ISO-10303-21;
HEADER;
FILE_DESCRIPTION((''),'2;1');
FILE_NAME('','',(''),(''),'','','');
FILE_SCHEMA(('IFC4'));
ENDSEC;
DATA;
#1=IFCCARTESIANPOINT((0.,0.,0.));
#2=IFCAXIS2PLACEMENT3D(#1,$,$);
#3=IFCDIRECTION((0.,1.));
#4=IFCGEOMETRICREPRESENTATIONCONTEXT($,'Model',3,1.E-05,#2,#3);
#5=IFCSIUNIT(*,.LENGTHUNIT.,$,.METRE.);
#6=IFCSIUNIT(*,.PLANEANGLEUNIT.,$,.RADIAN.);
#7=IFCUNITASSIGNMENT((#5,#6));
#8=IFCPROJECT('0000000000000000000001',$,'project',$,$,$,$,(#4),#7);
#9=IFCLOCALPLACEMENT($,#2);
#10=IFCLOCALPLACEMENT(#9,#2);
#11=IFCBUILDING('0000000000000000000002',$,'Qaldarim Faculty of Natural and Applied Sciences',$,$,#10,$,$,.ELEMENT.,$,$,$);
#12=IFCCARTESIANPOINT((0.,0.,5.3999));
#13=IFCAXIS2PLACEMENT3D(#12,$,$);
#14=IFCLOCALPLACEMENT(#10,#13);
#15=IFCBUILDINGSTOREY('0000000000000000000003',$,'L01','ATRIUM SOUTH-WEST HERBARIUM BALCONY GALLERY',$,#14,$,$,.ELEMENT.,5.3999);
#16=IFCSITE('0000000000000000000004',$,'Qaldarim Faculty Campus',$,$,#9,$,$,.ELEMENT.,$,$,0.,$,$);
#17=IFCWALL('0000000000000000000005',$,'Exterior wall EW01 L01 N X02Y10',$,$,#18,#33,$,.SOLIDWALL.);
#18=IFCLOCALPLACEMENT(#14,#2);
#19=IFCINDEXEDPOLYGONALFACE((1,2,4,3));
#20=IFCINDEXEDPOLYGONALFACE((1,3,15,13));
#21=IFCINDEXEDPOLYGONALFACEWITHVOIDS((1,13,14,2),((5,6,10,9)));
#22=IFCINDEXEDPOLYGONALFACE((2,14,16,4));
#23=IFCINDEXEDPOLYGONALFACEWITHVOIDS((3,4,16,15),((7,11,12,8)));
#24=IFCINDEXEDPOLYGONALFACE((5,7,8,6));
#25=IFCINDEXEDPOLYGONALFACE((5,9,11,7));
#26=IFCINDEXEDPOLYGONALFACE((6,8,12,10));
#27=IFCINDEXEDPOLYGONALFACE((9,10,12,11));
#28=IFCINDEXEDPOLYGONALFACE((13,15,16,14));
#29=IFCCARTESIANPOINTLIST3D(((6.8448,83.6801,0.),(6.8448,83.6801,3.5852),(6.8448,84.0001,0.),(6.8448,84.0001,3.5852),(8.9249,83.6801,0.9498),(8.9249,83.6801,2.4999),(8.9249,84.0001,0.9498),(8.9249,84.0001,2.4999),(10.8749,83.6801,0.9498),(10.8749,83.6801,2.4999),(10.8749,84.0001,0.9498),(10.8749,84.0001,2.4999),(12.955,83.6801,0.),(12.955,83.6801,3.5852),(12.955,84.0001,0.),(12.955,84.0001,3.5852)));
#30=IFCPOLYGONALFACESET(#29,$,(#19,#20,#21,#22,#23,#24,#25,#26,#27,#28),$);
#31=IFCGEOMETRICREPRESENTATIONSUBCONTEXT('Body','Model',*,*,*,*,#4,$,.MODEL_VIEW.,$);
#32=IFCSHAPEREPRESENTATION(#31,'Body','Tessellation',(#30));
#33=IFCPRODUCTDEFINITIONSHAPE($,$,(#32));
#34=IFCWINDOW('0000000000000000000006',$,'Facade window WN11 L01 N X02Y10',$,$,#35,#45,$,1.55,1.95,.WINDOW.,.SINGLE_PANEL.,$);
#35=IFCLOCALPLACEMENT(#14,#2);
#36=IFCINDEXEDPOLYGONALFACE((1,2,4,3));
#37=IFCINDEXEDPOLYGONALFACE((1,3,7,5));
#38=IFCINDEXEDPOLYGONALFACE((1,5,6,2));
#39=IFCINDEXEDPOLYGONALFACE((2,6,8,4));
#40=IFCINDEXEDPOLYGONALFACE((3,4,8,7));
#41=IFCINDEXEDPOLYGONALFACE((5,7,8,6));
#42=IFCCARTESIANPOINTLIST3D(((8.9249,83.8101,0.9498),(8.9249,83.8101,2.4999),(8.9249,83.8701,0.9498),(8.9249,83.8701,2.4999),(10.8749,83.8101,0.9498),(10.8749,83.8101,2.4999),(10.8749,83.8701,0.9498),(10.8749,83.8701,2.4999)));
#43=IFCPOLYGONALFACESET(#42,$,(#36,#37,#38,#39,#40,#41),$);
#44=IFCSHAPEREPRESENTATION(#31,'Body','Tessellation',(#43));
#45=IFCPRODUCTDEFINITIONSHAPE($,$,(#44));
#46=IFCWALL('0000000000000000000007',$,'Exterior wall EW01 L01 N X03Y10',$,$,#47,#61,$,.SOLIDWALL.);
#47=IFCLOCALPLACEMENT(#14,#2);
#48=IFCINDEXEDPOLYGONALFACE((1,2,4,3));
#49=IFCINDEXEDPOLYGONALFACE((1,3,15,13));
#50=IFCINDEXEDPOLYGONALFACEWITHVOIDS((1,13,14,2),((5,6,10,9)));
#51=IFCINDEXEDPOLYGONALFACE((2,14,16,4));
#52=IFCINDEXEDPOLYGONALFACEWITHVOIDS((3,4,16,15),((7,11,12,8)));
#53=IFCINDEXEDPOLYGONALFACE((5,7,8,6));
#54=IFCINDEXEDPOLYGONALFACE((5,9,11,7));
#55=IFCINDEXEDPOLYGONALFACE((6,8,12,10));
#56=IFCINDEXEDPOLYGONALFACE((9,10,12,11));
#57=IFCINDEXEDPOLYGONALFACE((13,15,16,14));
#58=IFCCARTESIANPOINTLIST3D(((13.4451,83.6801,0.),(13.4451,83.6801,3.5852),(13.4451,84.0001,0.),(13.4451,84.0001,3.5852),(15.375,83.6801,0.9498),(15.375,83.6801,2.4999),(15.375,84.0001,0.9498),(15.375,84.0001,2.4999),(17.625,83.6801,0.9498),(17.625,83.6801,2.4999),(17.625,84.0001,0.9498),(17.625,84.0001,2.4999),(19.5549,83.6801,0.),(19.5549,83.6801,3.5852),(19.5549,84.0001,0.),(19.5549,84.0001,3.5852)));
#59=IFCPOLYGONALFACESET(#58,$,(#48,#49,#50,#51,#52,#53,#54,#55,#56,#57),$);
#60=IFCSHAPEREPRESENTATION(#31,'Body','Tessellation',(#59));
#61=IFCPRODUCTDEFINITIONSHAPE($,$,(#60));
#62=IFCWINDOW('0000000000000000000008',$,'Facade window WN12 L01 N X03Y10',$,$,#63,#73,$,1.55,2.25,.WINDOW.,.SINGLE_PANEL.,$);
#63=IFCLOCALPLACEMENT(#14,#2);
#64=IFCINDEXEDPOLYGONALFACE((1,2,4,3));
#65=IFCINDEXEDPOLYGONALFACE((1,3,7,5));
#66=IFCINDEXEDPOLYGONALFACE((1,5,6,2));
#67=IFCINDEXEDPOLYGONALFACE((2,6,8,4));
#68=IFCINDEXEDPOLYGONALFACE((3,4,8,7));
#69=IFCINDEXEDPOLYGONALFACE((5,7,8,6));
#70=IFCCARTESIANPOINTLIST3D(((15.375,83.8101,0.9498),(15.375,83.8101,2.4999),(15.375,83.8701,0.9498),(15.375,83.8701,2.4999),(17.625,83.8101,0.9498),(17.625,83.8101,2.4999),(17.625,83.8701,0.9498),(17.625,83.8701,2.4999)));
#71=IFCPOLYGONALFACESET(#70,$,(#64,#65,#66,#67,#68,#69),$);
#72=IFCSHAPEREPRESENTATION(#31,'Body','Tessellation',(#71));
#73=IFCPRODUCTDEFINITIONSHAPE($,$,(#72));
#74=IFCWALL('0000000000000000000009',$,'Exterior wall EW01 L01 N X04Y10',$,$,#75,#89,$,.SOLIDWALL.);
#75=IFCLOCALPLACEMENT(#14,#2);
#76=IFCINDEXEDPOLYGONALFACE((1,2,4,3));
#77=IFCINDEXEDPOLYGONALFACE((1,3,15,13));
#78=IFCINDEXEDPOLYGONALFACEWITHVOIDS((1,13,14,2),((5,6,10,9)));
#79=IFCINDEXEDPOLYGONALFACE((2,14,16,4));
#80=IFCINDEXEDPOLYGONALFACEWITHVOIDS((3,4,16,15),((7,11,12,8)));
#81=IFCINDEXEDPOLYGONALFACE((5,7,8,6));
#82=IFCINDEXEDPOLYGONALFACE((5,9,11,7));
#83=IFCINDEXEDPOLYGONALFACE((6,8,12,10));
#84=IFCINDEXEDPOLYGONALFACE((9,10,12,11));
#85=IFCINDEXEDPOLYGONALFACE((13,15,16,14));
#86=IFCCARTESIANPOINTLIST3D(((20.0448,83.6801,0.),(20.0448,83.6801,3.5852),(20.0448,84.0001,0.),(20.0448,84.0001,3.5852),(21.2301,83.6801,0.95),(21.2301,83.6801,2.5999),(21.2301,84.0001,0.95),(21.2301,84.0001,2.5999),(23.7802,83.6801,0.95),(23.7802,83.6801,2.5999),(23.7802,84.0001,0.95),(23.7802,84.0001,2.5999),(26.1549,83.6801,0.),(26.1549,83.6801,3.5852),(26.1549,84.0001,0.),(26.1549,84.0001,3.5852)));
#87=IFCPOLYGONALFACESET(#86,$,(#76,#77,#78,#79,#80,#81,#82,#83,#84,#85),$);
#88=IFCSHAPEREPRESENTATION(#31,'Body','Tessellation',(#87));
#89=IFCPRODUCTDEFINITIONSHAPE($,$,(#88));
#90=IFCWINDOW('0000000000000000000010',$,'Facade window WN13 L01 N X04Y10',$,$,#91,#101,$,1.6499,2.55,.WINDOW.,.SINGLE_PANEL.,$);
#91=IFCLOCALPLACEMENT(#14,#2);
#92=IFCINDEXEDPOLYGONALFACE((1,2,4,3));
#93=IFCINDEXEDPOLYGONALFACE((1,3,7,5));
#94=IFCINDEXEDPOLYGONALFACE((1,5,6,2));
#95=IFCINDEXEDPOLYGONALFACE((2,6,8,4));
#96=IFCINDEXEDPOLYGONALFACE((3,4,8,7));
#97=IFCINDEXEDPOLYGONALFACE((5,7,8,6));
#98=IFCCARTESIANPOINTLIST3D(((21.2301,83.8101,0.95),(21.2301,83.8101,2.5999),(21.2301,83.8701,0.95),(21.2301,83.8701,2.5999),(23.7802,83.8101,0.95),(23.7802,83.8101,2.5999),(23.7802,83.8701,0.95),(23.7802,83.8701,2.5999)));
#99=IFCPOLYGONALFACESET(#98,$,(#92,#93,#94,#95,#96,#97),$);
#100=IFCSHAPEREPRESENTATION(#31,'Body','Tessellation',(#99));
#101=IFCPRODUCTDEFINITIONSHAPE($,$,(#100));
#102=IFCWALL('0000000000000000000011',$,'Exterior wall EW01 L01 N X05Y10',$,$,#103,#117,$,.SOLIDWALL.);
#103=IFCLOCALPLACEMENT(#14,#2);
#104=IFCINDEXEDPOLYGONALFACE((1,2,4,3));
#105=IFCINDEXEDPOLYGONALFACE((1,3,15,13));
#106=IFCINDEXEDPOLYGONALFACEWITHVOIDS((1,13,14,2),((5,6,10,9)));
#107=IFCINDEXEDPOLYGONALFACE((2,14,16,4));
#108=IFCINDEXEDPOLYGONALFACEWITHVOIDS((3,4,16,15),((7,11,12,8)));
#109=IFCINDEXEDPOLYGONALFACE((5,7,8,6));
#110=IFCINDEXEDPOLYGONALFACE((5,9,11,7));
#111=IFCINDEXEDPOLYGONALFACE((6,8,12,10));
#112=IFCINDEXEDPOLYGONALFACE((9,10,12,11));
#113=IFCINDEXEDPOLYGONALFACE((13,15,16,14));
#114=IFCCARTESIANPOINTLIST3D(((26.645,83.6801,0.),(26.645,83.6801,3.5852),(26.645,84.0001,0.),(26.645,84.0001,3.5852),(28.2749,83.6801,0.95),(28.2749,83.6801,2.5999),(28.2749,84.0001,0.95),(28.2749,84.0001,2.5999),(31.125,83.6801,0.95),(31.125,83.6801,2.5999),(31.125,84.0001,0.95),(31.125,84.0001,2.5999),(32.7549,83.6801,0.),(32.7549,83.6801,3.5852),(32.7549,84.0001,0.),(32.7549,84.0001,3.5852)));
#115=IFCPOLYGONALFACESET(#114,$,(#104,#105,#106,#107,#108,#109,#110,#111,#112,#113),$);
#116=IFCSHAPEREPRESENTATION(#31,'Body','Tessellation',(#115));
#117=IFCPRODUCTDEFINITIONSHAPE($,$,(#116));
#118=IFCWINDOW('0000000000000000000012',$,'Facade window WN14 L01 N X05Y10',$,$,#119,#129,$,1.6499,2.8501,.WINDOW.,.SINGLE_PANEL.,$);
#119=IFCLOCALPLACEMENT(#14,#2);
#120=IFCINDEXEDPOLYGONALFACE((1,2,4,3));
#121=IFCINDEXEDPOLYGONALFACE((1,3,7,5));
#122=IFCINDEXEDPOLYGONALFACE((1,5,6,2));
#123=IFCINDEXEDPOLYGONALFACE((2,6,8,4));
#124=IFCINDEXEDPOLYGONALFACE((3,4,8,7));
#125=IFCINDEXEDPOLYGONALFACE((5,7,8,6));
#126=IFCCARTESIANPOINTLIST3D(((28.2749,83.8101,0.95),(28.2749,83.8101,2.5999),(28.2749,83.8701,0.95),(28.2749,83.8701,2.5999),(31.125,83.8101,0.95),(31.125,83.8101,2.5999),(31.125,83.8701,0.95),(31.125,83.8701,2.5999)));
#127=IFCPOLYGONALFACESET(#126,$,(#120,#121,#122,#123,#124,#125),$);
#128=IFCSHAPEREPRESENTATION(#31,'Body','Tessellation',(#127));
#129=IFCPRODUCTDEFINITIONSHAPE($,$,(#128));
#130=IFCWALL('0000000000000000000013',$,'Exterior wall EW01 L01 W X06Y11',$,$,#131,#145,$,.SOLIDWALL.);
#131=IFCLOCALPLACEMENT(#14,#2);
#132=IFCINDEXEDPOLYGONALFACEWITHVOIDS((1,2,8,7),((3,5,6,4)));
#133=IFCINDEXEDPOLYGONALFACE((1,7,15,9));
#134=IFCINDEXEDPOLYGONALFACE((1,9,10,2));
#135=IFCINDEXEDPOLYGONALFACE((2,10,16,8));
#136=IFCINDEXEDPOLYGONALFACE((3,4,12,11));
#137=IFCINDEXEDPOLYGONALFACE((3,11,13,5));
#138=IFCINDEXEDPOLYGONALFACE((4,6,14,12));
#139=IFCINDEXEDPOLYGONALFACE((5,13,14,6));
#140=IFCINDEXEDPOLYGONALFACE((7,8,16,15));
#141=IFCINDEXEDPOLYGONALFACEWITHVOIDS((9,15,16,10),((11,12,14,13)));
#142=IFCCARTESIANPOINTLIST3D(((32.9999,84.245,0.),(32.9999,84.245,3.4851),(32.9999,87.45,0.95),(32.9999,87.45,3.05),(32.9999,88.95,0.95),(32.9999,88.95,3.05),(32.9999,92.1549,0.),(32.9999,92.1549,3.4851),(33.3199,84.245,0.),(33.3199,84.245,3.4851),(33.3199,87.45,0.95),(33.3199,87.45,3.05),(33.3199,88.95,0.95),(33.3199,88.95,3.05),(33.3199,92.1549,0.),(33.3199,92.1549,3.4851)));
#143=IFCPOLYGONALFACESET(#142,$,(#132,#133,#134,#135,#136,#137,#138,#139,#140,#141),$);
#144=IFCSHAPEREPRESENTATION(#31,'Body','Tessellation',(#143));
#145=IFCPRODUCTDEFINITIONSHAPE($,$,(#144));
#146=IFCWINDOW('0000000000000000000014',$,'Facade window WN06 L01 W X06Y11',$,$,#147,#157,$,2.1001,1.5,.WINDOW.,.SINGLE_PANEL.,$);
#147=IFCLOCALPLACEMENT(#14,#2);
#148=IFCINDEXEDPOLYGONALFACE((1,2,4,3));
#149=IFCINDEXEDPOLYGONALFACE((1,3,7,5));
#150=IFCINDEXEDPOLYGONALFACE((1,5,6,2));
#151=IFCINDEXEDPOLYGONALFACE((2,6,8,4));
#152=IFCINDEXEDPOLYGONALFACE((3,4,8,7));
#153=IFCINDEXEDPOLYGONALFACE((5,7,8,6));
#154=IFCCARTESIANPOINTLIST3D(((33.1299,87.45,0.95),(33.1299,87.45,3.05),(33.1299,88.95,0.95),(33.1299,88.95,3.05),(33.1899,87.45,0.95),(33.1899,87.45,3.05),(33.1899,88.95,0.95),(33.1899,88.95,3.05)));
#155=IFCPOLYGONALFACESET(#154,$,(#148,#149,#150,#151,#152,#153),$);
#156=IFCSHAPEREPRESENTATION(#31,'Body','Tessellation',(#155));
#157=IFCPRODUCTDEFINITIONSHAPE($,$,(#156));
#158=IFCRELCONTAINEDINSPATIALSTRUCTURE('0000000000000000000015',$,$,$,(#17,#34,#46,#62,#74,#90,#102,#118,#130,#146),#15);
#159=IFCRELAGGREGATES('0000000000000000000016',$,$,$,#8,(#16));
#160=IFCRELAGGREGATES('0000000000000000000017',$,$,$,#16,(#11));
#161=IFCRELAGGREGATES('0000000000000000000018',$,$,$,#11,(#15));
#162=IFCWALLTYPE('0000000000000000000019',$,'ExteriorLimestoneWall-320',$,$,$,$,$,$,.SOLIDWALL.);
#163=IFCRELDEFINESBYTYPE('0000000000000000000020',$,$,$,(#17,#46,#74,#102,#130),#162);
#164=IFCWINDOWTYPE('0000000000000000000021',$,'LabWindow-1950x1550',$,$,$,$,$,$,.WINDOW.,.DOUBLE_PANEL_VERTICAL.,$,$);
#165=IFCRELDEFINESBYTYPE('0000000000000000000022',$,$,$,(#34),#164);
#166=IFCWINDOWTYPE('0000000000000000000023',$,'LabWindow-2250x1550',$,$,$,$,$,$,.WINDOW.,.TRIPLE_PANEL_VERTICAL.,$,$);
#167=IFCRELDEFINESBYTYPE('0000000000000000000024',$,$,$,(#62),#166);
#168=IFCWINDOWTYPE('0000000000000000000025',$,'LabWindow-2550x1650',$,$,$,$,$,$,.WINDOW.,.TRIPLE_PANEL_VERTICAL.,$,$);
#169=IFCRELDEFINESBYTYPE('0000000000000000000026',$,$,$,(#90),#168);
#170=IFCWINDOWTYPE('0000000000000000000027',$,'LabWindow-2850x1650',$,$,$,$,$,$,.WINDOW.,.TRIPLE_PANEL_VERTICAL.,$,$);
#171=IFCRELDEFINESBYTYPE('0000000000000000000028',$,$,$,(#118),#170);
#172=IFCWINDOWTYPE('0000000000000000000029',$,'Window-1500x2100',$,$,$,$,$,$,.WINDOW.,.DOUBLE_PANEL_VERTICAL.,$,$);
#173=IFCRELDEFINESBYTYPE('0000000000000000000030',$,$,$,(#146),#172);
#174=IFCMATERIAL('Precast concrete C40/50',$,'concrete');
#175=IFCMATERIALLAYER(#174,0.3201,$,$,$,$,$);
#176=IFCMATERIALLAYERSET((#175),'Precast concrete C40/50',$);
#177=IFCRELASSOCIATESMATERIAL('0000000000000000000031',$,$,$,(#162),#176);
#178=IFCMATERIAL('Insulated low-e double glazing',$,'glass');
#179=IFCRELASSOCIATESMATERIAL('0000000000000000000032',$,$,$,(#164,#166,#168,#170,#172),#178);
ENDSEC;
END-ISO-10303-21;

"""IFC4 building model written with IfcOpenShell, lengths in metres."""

from ifc_helpers import new_model, si_unit, direction, frame, frame_2d, origin, place, context, subcontext, project, spatial, rectangle, extrude, material, layer, layer_set, type_object, element, fill, save


model = new_model("IFC4")

# Units and contexts
model_context = context("Model", 3, precision=1e-05, world=origin(), true_north=direction((0.0, 1.0)))
body_context = subcontext(model_context, "Body", "Model", "MODEL_VIEW")
ifc_project = project(units=[si_unit("LENGTHUNIT", "METRE"), si_unit("PLANEANGLEUNIT", "RADIAN")], contexts=[model_context])

# Site, building, storey
site_placement = place(None, origin())
site = spatial("IfcSite", under=ifc_project, at=site_placement, Name="Qaldarim Faculty Campus", CompositionType="ELEMENT", RefElevation=0.0)
building_placement = place(site_placement, origin())
building = spatial("IfcBuilding", under=site, at=building_placement, Name="Qaldarim Faculty of Natural and Applied Sciences", CompositionType="ELEMENT")
storey_placement = place(building_placement, frame((0.0, 0.0, 5.3999)))
storey = spatial("IfcBuildingStorey", under=building, at=storey_placement, Name="L01", Description="ATRIUM SOUTH-WEST HERBARIUM BALCONY GALLERY", CompositionType="ELEMENT", Elevation=5.3999)

# Walls, openings, windows
ifc_material_1 = material(Name="Precast concrete C40/50", Category="concrete")
ifc_layer_1 = layer(ifc_material_1, 0.3201)
ifc_layer_set_1 = layer_set([ifc_layer_1], Name="Precast concrete C40/50")
wall_type_1 = type_object("IfcWallType", Name="ExteriorLimestoneWall-320", PredefinedType="SOLIDWALL", material=ifc_layer_set_1)
wall_1_placement = place(storey_placement, frame((12.9551, 83.8401, 0.0), z_axis=(0.0, 0.0, 1.0), x_axis=(-1.0, 0.0, 0.0)))
wall_1 = element("IfcWall", 1, at=wall_1_placement, inside=storey, type_object=wall_type_1, Name="Exterior wall EW01 L01 N X02Y10", PredefinedType="SOLIDWALL", context=body_context, shape_type="SweptSolid", body=[
    extrude(rectangle(XDim=6.1101, YDim=0.3201, at=frame_2d((3.0552, 0.0))), origin(), (0.0, 0.0, 1.0), 3.5852),
])
opening_1_placement = place(wall_1_placement, frame((2.0801, 0.0, 0.95)))
opening_1 = element("IfcOpeningElement", 2, at=opening_1_placement, cuts=wall_1, PredefinedType="OPENING", context=body_context, shape_type="SweptSolid", body=[
    extrude(rectangle(XDim=1.95, YDim=1.55, at=frame_2d((0.9751, 0.7749))), frame((0.0, 0.1699, 0.0), z_axis=(0.0, -1.0, 0.0), x_axis=(1.0, 0.0, 0.0)), (0.0, 0.0, 1.0), 0.3401),
])
ifc_material_2 = material(Name="Insulated low-e double glazing", Category="glass")
window_type_1 = type_object("IfcWindowType", Name="LabWindow-1950x1550", PartitioningType="DOUBLE_PANEL_VERTICAL", PredefinedType="WINDOW", material=ifc_material_2)
window_1_placement = place(opening_1_placement, origin())
window_1 = element("IfcWindow", 3, at=window_1_placement, inside=storey, type_object=window_type_1, Name="Facade window WN11 L01 N X02Y10", OverallHeight=1.55, OverallWidth=1.95, PartitioningType="SINGLE_PANEL", PredefinedType="WINDOW", context=body_context, shape_type="SweptSolid", body=[
    extrude(rectangle(XDim=1.95, YDim=1.55, at=frame_2d((0.9751, 0.7749))), frame((0.0, 0.03, 0.0), z_axis=(0.0, -1.0, 0.0), x_axis=(1.0, 0.0, 0.0)), (0.0, 0.0, 1.0), 0.0601),
])
fill(opening_1, window_1)
wall_2_placement = place(storey_placement, frame((19.5549, 83.8401, 0.0), z_axis=(0.0, 0.0, 1.0), x_axis=(-1.0, 0.0, 0.0)))
wall_2 = element("IfcWall", 4, at=wall_2_placement, inside=storey, type_object=wall_type_1, Name="Exterior wall EW01 L01 N X03Y10", PredefinedType="SOLIDWALL", context=body_context, shape_type="SweptSolid", body=[
    extrude(rectangle(XDim=6.1099, YDim=0.3201, at=frame_2d((3.0549, 0.0))), origin(), (0.0, 0.0, 1.0), 3.5852),
])
opening_2_placement = place(wall_2_placement, frame((1.9299, 0.0, 0.95)))
opening_2 = element("IfcOpeningElement", 5, at=opening_2_placement, cuts=wall_2, PredefinedType="OPENING", context=body_context, shape_type="SweptSolid", body=[
    extrude(rectangle(XDim=2.25, YDim=1.55, at=frame_2d((1.125, 0.7749))), frame((0.0, 0.1699, 0.0), z_axis=(0.0, -1.0, 0.0), x_axis=(1.0, 0.0, 0.0)), (0.0, 0.0, 1.0), 0.3401),
])
window_type_2 = type_object("IfcWindowType", Name="LabWindow-2250x1550", PartitioningType="TRIPLE_PANEL_VERTICAL", PredefinedType="WINDOW", material=ifc_material_2)
window_2_placement = place(opening_2_placement, origin())
window_2 = element("IfcWindow", 6, at=window_2_placement, inside=storey, type_object=window_type_2, Name="Facade window WN12 L01 N X03Y10", OverallHeight=1.55, OverallWidth=2.25, PartitioningType="SINGLE_PANEL", PredefinedType="WINDOW", context=body_context, shape_type="SweptSolid", body=[
    extrude(rectangle(XDim=2.25, YDim=1.55, at=frame_2d((1.125, 0.7749))), frame((0.0, 0.03, 0.0), z_axis=(0.0, -1.0, 0.0), x_axis=(1.0, 0.0, 0.0)), (0.0, 0.0, 1.0), 0.0601),
])
fill(opening_2, window_2)
wall_3_placement = place(storey_placement, frame((26.155, 83.8401, 0.0), z_axis=(0.0, 0.0, 1.0), x_axis=(-1.0, 0.0, 0.0)))
wall_3 = element("IfcWall", 7, at=wall_3_placement, inside=storey, type_object=wall_type_1, Name="Exterior wall EW01 L01 N X04Y10", PredefinedType="SOLIDWALL", context=body_context, shape_type="SweptSolid", body=[
    extrude(rectangle(XDim=6.1101, YDim=0.3201, at=frame_2d((3.0552, 0.0))), origin(), (0.0, 0.0, 1.0), 3.5852),
])
opening_3_placement = place(wall_3_placement, frame((2.375, 0.0, 0.95)))
opening_3 = element("IfcOpeningElement", 8, at=opening_3_placement, cuts=wall_3, PredefinedType="OPENING", context=body_context, shape_type="SweptSolid", body=[
    extrude(rectangle(XDim=2.55, YDim=1.6499, at=frame_2d((1.2749, 0.825))), frame((0.0, 0.1699, 0.0), z_axis=(0.0, -1.0, 0.0), x_axis=(1.0, 0.0, 0.0)), (0.0, 0.0, 1.0), 0.3401),
])
window_type_3 = type_object("IfcWindowType", Name="LabWindow-2550x1650", PartitioningType="TRIPLE_PANEL_VERTICAL", PredefinedType="WINDOW", material=ifc_material_2)
window_3_placement = place(opening_3_placement, origin())
window_3 = element("IfcWindow", 9, at=window_3_placement, inside=storey, type_object=window_type_3, Name="Facade window WN13 L01 N X04Y10", OverallHeight=1.6499, OverallWidth=2.55, PartitioningType="SINGLE_PANEL", PredefinedType="WINDOW", context=body_context, shape_type="SweptSolid", body=[
    extrude(rectangle(XDim=2.55, YDim=1.6499, at=frame_2d((1.2749, 0.825))), frame((0.0, 0.03, 0.0), z_axis=(0.0, -1.0, 0.0), x_axis=(1.0, 0.0, 0.0)), (0.0, 0.0, 1.0), 0.0601),
])
fill(opening_3, window_3)
wall_4_placement = place(storey_placement, frame((32.7549, 83.8401, 0.0), z_axis=(0.0, 0.0, 1.0), x_axis=(-1.0, 0.0, 0.0)))
wall_4 = element("IfcWall", 10, at=wall_4_placement, inside=storey, type_object=wall_type_1, Name="Exterior wall EW01 L01 N X05Y10", PredefinedType="SOLIDWALL", context=body_context, shape_type="SweptSolid", body=[
    extrude(rectangle(XDim=6.1099, YDim=0.3201, at=frame_2d((3.0549, 0.0))), origin(), (0.0, 0.0, 1.0), 3.5852),
])
opening_4_placement = place(wall_4_placement, frame((1.6299, 0.0, 0.95)))
opening_4 = element("IfcOpeningElement", 11, at=opening_4_placement, cuts=wall_4, PredefinedType="OPENING", context=body_context, shape_type="SweptSolid", body=[
    extrude(rectangle(XDim=2.8501, YDim=1.6499, at=frame_2d((1.425, 0.825))), frame((0.0, 0.1699, 0.0), z_axis=(0.0, -1.0, 0.0), x_axis=(1.0, 0.0, 0.0)), (0.0, 0.0, 1.0), 0.3401),
])
window_type_4 = type_object("IfcWindowType", Name="LabWindow-2850x1650", PartitioningType="TRIPLE_PANEL_VERTICAL", PredefinedType="WINDOW", material=ifc_material_2)
window_4_placement = place(opening_4_placement, origin())
window_4 = element("IfcWindow", 12, at=window_4_placement, inside=storey, type_object=window_type_4, Name="Facade window WN14 L01 N X05Y10", OverallHeight=1.6499, OverallWidth=2.8501, PartitioningType="SINGLE_PANEL", PredefinedType="WINDOW", context=body_context, shape_type="SweptSolid", body=[
    extrude(rectangle(XDim=2.8501, YDim=1.6499, at=frame_2d((1.425, 0.825))), frame((0.0, 0.03, 0.0), z_axis=(0.0, -1.0, 0.0), x_axis=(1.0, 0.0, 0.0)), (0.0, 0.0, 1.0), 0.0601),
])
fill(opening_4, window_4)
wall_5_placement = place(storey_placement, frame((33.1599, 92.155, 0.0), z_axis=(0.0, 0.0, 1.0), x_axis=(0.0, -1.0, 0.0)))
wall_5 = element("IfcWall", 13, at=wall_5_placement, inside=storey, type_object=wall_type_1, Name="Exterior wall EW01 L01 W X06Y11", PredefinedType="SOLIDWALL", context=body_context, shape_type="SweptSolid", body=[
    extrude(rectangle(XDim=7.9099, YDim=0.3201, at=frame_2d((3.9551, 0.0))), origin(), (0.0, 0.0, 1.0), 3.4851),
])
opening_5_placement = place(wall_5_placement, frame((3.2051, 0.0, 0.95)))
opening_5 = element("IfcOpeningElement", 14, at=opening_5_placement, cuts=wall_5, PredefinedType="OPENING", context=body_context, shape_type="SweptSolid", body=[
    extrude(rectangle(XDim=1.5, YDim=2.1001, at=frame_2d((0.75, 1.05))), frame((0.0, 0.1699, 0.0), z_axis=(0.0, -1.0, 0.0), x_axis=(1.0, 0.0, 0.0)), (0.0, 0.0, 1.0), 0.3401),
])
window_type_5 = type_object("IfcWindowType", Name="Window-1500x2100", PartitioningType="DOUBLE_PANEL_VERTICAL", PredefinedType="WINDOW", material=ifc_material_2)
window_5_placement = place(opening_5_placement, origin())
window_5 = element("IfcWindow", 15, at=window_5_placement, inside=storey, type_object=window_type_5, Name="Facade window WN06 L01 W X06Y11", OverallHeight=2.1001, OverallWidth=1.5, PartitioningType="SINGLE_PANEL", PredefinedType="WINDOW", context=body_context, shape_type="SweptSolid", body=[
    extrude(rectangle(XDim=1.5, YDim=2.1001, at=frame_2d((0.75, 1.05))), frame((0.0, 0.03, 0.0), z_axis=(0.0, -1.0, 0.0), x_axis=(1.0, 0.0, 0.0)), (0.0, 0.0, 1.0), 0.0601),
])
fill(opening_5, window_5)

save(model, "model.ifc")
